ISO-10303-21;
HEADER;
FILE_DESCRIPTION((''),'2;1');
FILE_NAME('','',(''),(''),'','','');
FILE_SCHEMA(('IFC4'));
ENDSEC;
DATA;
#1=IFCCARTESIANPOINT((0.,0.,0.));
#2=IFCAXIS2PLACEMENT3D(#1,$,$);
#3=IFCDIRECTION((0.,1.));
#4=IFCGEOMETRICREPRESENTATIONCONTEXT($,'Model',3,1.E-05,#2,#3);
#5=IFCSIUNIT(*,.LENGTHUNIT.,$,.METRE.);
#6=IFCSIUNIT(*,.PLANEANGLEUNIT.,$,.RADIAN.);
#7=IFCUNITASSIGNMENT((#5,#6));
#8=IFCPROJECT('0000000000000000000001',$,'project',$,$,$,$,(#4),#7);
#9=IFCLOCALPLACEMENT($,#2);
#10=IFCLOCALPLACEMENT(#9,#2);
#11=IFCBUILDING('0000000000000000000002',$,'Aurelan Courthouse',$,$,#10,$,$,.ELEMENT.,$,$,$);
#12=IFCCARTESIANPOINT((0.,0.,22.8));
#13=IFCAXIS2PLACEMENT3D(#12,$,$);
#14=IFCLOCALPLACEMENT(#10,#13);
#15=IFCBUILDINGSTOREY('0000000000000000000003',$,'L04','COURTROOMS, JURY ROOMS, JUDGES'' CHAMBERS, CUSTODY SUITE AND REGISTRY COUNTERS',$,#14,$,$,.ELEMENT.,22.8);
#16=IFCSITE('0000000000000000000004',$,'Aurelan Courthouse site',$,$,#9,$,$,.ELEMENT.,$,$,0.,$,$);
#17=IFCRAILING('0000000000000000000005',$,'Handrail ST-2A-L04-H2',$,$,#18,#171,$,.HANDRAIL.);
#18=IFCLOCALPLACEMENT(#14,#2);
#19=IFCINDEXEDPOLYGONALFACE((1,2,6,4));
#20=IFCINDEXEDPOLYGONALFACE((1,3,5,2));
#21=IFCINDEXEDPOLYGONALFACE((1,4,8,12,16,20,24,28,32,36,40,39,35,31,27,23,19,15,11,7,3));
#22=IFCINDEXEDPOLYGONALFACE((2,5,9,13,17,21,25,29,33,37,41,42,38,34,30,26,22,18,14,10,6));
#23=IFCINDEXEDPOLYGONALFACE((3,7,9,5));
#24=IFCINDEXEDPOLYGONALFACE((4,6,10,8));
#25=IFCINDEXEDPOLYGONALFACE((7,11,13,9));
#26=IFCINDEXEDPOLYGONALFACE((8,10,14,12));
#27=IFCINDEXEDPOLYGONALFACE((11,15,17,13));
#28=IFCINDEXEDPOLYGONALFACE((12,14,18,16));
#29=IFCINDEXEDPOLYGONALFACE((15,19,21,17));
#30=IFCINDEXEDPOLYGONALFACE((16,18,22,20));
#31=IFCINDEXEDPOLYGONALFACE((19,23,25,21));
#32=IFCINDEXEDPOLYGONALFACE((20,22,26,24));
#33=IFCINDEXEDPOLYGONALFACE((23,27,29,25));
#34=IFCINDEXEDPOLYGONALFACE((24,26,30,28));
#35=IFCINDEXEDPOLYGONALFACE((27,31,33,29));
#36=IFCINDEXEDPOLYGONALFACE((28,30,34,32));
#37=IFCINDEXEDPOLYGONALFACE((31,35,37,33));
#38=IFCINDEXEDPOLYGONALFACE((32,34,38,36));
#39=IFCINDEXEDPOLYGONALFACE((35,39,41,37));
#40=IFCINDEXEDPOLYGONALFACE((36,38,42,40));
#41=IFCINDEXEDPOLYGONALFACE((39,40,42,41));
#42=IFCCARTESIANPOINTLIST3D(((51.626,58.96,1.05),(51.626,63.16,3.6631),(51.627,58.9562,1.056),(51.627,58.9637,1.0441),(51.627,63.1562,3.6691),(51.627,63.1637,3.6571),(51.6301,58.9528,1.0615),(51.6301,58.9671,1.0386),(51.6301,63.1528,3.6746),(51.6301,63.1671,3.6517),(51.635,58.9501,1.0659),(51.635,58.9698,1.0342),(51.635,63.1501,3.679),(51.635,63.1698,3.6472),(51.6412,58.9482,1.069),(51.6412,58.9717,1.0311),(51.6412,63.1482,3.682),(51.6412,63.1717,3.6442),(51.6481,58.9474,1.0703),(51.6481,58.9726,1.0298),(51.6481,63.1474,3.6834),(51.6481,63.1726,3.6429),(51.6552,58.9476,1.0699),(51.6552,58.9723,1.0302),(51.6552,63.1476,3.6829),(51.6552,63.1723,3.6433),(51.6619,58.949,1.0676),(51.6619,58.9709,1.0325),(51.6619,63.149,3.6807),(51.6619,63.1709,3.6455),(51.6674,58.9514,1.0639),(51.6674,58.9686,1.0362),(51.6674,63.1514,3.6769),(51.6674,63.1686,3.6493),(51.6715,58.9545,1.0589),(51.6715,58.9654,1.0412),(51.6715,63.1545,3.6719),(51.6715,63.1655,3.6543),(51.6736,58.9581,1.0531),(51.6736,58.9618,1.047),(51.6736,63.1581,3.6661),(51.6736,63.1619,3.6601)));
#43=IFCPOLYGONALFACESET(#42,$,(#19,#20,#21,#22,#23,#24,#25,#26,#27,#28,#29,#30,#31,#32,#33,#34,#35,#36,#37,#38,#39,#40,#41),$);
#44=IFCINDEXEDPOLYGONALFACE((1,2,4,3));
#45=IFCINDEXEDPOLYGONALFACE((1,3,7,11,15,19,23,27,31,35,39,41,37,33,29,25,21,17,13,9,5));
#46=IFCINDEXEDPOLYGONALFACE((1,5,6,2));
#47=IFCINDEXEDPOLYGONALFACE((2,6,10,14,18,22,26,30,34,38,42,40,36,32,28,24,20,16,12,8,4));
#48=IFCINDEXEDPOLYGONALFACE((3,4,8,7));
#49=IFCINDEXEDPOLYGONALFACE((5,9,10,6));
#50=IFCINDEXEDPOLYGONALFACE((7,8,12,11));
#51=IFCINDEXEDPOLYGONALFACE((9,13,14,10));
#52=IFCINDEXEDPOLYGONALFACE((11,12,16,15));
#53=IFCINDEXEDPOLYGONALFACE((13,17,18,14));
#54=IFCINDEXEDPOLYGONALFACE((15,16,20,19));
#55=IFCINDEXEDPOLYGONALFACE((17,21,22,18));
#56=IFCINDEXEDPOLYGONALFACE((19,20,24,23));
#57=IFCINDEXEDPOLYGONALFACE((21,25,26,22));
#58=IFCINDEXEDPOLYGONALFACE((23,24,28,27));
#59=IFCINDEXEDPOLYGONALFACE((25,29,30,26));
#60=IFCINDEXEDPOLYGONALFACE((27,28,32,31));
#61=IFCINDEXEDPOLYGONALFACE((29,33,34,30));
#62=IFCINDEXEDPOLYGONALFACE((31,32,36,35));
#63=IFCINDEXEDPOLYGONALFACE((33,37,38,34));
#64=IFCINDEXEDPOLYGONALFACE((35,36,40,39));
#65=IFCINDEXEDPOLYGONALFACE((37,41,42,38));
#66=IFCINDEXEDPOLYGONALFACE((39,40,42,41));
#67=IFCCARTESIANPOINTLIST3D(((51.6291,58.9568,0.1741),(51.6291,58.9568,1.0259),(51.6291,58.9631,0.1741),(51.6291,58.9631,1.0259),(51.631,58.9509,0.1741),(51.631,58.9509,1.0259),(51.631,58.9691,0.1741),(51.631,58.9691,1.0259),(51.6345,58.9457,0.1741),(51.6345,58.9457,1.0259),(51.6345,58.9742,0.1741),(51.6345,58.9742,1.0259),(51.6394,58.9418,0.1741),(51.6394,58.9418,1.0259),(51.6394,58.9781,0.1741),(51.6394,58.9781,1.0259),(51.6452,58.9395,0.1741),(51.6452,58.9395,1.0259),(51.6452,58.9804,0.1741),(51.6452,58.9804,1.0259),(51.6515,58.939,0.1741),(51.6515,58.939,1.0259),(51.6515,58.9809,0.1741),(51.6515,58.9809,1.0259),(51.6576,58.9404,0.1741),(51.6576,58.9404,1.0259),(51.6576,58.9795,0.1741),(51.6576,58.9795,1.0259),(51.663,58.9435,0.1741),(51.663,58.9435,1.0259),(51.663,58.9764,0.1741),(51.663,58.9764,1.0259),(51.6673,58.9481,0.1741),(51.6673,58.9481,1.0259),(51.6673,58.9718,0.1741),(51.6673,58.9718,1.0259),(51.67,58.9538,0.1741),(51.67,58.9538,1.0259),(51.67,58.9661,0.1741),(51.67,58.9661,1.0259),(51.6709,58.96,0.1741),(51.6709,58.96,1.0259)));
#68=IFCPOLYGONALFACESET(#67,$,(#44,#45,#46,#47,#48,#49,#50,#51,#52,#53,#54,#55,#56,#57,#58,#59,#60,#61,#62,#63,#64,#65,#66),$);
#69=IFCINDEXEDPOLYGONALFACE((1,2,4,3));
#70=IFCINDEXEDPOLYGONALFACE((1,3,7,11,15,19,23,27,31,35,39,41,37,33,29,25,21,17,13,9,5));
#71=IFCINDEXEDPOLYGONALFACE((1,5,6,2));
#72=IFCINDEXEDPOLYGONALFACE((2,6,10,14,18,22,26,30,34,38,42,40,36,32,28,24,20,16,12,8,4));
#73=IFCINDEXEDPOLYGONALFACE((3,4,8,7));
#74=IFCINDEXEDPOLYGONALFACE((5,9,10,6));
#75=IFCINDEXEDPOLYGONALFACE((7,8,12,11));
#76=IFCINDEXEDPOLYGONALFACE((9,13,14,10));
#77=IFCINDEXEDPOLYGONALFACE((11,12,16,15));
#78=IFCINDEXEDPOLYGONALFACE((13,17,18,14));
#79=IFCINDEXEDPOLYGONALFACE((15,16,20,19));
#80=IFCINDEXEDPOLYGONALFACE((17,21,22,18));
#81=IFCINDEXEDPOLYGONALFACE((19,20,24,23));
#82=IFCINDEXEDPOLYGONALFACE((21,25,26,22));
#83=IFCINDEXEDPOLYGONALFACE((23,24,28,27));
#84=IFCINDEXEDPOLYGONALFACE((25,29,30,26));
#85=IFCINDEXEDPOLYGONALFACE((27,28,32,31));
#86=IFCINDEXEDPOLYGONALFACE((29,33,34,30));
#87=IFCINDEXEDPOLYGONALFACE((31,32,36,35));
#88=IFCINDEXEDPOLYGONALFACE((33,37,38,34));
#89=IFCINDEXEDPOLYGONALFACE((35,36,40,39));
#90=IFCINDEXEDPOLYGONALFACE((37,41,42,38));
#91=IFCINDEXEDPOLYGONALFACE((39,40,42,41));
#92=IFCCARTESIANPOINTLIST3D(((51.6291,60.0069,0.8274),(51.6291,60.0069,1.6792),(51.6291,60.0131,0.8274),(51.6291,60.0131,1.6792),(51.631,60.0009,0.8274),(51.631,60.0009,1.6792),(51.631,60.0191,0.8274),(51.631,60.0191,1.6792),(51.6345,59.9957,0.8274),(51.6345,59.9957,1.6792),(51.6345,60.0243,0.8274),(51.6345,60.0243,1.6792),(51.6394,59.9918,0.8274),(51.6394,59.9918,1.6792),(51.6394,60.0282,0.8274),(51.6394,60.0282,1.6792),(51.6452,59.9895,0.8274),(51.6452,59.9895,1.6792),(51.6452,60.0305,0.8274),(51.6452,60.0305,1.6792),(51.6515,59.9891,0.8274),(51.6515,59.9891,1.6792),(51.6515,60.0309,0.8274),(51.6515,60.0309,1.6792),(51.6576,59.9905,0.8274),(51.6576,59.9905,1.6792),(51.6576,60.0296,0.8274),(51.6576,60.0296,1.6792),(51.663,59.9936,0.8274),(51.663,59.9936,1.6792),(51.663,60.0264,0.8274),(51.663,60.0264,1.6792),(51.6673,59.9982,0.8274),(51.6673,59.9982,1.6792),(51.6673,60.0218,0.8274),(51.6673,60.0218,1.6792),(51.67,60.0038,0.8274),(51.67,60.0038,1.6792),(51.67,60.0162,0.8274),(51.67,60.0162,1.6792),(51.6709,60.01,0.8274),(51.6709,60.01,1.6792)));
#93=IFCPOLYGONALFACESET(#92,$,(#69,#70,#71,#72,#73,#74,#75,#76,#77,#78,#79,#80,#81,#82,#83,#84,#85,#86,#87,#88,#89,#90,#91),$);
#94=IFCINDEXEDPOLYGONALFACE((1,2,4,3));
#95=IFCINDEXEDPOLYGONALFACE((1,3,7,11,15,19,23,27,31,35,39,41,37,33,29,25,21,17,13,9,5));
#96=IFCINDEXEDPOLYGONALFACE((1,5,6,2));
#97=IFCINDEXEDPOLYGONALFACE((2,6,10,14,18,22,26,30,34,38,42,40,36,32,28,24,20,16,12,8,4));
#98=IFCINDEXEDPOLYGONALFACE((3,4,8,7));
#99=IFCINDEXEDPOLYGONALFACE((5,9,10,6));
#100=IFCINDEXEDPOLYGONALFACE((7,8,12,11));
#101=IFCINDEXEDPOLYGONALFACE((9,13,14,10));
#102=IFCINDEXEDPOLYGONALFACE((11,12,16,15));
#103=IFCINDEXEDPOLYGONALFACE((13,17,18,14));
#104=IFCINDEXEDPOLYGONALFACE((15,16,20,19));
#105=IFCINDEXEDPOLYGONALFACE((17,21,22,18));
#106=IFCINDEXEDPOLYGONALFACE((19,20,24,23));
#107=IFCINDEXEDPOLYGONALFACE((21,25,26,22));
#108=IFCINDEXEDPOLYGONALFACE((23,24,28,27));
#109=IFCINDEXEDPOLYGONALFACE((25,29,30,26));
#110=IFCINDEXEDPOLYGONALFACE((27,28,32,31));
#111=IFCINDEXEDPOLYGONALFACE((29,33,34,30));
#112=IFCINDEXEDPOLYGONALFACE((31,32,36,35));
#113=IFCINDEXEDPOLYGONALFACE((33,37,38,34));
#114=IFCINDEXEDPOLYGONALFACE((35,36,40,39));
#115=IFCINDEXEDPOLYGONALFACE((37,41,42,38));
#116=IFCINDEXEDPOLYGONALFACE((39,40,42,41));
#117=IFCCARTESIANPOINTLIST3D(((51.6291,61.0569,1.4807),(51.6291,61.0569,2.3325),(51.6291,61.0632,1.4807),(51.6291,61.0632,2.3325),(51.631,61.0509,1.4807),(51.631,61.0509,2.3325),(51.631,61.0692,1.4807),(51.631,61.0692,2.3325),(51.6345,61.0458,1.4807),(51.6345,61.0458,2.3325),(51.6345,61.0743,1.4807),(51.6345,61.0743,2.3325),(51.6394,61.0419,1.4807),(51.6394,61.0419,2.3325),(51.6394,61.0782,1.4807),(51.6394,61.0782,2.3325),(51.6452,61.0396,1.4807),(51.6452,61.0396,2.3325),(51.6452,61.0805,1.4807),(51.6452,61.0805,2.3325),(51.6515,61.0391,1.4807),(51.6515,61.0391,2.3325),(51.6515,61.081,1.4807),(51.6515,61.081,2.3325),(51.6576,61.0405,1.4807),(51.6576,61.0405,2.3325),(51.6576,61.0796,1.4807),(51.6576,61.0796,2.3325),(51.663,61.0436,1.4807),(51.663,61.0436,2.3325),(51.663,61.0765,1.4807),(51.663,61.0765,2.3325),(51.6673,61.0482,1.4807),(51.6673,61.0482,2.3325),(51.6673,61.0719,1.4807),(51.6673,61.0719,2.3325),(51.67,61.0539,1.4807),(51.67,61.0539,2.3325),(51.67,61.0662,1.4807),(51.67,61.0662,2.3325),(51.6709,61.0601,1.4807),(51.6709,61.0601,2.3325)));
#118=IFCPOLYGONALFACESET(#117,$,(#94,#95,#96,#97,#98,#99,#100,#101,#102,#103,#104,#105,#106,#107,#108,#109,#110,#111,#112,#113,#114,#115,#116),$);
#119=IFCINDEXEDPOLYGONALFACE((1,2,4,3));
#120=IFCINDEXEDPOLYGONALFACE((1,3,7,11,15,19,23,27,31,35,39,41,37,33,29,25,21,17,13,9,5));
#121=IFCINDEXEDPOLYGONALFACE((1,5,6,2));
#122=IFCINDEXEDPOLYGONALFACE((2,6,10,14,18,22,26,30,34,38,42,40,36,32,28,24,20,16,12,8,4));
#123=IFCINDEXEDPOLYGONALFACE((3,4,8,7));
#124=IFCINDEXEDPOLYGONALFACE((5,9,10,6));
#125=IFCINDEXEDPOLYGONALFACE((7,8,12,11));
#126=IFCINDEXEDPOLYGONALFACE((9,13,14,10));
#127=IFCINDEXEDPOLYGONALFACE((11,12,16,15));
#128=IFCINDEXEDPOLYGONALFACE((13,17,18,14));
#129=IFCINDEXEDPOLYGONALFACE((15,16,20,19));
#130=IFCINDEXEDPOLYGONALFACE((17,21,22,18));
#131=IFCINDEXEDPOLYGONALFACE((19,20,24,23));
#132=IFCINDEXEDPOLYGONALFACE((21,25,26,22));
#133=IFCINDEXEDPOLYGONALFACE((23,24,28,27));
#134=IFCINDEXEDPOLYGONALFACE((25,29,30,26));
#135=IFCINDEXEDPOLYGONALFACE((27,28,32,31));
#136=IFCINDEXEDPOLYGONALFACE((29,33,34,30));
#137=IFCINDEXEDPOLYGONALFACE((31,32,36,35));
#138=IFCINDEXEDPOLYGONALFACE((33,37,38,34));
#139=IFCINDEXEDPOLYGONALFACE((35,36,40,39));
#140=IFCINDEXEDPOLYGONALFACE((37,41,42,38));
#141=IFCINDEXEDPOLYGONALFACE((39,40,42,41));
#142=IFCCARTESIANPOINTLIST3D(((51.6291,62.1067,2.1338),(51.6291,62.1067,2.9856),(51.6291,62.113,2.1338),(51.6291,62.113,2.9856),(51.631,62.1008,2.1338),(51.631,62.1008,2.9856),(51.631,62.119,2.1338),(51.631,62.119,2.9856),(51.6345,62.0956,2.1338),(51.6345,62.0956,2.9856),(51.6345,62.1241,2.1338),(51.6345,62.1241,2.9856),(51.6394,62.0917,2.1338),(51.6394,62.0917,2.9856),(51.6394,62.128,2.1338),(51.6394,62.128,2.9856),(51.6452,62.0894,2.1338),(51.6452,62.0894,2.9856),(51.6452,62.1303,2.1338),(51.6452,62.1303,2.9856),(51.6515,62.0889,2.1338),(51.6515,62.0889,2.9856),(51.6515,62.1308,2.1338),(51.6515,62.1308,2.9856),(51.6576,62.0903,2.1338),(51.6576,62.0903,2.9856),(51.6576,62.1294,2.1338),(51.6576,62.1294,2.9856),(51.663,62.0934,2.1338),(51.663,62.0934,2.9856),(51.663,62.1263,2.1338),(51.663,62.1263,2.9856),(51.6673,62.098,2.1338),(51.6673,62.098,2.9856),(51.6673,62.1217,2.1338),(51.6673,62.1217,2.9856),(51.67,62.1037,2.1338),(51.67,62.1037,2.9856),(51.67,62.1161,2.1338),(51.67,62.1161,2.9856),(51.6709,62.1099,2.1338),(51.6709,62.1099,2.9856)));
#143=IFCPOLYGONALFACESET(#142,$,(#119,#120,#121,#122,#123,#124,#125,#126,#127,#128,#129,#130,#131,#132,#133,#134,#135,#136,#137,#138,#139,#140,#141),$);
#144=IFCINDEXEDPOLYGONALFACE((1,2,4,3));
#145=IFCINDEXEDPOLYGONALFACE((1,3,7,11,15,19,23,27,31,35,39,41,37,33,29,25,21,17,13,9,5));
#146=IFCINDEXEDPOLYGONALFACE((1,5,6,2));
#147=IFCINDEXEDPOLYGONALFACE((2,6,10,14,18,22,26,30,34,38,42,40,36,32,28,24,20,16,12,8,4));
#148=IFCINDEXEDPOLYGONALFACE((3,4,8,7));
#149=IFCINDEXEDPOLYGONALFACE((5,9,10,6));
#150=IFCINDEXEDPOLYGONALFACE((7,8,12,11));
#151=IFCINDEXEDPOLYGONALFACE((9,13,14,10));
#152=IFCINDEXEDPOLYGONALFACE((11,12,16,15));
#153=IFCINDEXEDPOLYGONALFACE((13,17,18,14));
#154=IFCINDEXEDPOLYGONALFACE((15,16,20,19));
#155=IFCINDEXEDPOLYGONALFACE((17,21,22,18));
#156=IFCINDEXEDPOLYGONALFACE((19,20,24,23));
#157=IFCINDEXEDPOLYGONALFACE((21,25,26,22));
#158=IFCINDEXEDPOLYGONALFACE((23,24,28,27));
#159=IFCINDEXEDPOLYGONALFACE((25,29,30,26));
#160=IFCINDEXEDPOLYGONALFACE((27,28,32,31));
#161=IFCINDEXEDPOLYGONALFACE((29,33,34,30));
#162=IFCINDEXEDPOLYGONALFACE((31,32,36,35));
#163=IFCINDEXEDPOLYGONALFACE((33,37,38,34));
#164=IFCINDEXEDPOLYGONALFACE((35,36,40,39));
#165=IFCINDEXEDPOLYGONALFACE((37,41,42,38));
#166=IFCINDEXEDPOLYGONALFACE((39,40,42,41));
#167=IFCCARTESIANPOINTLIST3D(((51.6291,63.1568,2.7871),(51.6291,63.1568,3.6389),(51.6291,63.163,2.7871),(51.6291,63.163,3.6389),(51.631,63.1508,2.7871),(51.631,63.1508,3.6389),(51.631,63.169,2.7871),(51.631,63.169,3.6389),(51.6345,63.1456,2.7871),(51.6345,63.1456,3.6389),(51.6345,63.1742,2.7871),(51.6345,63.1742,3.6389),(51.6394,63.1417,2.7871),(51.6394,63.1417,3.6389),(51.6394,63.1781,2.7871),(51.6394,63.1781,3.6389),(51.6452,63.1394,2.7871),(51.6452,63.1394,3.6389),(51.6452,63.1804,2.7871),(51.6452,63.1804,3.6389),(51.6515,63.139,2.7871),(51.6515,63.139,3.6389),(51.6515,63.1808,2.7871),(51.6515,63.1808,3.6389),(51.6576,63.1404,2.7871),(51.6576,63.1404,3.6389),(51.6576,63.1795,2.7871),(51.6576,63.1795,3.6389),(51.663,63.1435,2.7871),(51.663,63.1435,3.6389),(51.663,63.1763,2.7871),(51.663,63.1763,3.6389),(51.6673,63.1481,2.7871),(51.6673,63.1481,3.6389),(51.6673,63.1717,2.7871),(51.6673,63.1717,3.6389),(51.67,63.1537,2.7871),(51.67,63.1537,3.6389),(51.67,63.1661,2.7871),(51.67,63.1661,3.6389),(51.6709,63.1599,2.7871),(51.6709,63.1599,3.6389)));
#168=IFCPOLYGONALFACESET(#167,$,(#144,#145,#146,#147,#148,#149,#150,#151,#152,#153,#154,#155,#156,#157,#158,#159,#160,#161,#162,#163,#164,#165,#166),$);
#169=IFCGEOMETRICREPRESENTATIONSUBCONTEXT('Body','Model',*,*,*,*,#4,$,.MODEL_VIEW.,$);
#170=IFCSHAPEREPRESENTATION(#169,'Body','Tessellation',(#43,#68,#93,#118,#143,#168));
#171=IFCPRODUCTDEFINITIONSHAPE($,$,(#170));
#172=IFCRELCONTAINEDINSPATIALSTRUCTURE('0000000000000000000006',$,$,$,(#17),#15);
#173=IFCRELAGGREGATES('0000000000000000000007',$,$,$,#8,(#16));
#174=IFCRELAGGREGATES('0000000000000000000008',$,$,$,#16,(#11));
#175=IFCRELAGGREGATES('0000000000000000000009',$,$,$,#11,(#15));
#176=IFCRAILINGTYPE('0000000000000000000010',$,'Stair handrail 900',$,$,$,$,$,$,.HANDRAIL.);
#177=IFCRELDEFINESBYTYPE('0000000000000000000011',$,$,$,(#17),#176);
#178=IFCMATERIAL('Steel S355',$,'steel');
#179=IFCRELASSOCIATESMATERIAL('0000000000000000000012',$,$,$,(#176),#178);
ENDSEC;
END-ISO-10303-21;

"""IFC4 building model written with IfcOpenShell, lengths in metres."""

from ifc_helpers import new_model, si_unit, direction, frame, origin, origin_2d, place, context, subcontext, project, spatial, circle, extrude, material, type_object, element, save


model = new_model("IFC4")

# Units and contexts
model_context = context("Model", 3, precision=1e-05, world=origin(), true_north=direction((0.0, 1.0)))
body_context = subcontext(model_context, "Body", "Model", "MODEL_VIEW")
ifc_project = project(units=[si_unit("LENGTHUNIT", "METRE"), si_unit("PLANEANGLEUNIT", "RADIAN")], contexts=[model_context])

# Site, building, storey
site_placement = place(None, origin())
site = spatial("IfcSite", under=ifc_project, at=site_placement, Name="Aurelan Courthouse site", CompositionType="ELEMENT", RefElevation=0.0)
building_placement = place(site_placement, origin())
building = spatial("IfcBuilding", under=site, at=building_placement, Name="Aurelan Courthouse", CompositionType="ELEMENT")
storey_placement = place(building_placement, frame((0.0, 0.0, 22.8)))
storey = spatial("IfcBuildingStorey", under=building, at=storey_placement, Name="L04", Description="COURTROOMS, JURY ROOMS, JUDGES' CHAMBERS, CUSTODY SUITE AND REGISTRY COUNTERS", CompositionType="ELEMENT", Elevation=22.8)

# Railing
ifc_material_1 = material(Name="Steel S355", Category="steel")
railing_type_1 = type_object("IfcRailingType", Name="Stair handrail 900", PredefinedType="HANDRAIL", material=ifc_material_1)
for number, where, name in (
    (1, (51.6499, 58.96, 0.1741), "Handrail ST-2A-L04-H2"),
):
    element("IfcRailing", number, at=place(storey_placement, frame(where)), inside=storey, type_object=railing_type_1, Name=name, PredefinedType="HANDRAIL", context=body_context, shape_type="SweptSolid", body=[
        extrude(circle(Radius=0.0239, at=origin_2d()), frame((0.0, 0.0, 0.876), z_axis=(0.0, 0.849081, 0.528263), x_axis=(-1.0, 0.0, 0.0)), (0.0, 0.0, 1.0), 4.9465),
        extrude(circle(Radius=0.021, at=origin_2d()), origin(), (0.0, 0.0, 1.0), 0.8518),
        extrude(circle(Radius=0.021, at=origin_2d()), frame((0.0, 1.05, 0.6533)), (0.0, 0.0, 1.0), 0.8518),
        extrude(circle(Radius=0.021, at=origin_2d()), frame((0.0, 2.1001, 1.3066)), (0.0, 0.0, 1.0), 0.8518),
        extrude(circle(Radius=0.021, at=origin_2d()), frame((0.0, 3.1499, 1.9597)), (0.0, 0.0, 1.0), 0.8518),
        extrude(circle(Radius=0.021, at=origin_2d()), frame((0.0, 4.2, 2.613)), (0.0, 0.0, 1.0), 0.8518),
    ])

save(model, "model.ifc")
